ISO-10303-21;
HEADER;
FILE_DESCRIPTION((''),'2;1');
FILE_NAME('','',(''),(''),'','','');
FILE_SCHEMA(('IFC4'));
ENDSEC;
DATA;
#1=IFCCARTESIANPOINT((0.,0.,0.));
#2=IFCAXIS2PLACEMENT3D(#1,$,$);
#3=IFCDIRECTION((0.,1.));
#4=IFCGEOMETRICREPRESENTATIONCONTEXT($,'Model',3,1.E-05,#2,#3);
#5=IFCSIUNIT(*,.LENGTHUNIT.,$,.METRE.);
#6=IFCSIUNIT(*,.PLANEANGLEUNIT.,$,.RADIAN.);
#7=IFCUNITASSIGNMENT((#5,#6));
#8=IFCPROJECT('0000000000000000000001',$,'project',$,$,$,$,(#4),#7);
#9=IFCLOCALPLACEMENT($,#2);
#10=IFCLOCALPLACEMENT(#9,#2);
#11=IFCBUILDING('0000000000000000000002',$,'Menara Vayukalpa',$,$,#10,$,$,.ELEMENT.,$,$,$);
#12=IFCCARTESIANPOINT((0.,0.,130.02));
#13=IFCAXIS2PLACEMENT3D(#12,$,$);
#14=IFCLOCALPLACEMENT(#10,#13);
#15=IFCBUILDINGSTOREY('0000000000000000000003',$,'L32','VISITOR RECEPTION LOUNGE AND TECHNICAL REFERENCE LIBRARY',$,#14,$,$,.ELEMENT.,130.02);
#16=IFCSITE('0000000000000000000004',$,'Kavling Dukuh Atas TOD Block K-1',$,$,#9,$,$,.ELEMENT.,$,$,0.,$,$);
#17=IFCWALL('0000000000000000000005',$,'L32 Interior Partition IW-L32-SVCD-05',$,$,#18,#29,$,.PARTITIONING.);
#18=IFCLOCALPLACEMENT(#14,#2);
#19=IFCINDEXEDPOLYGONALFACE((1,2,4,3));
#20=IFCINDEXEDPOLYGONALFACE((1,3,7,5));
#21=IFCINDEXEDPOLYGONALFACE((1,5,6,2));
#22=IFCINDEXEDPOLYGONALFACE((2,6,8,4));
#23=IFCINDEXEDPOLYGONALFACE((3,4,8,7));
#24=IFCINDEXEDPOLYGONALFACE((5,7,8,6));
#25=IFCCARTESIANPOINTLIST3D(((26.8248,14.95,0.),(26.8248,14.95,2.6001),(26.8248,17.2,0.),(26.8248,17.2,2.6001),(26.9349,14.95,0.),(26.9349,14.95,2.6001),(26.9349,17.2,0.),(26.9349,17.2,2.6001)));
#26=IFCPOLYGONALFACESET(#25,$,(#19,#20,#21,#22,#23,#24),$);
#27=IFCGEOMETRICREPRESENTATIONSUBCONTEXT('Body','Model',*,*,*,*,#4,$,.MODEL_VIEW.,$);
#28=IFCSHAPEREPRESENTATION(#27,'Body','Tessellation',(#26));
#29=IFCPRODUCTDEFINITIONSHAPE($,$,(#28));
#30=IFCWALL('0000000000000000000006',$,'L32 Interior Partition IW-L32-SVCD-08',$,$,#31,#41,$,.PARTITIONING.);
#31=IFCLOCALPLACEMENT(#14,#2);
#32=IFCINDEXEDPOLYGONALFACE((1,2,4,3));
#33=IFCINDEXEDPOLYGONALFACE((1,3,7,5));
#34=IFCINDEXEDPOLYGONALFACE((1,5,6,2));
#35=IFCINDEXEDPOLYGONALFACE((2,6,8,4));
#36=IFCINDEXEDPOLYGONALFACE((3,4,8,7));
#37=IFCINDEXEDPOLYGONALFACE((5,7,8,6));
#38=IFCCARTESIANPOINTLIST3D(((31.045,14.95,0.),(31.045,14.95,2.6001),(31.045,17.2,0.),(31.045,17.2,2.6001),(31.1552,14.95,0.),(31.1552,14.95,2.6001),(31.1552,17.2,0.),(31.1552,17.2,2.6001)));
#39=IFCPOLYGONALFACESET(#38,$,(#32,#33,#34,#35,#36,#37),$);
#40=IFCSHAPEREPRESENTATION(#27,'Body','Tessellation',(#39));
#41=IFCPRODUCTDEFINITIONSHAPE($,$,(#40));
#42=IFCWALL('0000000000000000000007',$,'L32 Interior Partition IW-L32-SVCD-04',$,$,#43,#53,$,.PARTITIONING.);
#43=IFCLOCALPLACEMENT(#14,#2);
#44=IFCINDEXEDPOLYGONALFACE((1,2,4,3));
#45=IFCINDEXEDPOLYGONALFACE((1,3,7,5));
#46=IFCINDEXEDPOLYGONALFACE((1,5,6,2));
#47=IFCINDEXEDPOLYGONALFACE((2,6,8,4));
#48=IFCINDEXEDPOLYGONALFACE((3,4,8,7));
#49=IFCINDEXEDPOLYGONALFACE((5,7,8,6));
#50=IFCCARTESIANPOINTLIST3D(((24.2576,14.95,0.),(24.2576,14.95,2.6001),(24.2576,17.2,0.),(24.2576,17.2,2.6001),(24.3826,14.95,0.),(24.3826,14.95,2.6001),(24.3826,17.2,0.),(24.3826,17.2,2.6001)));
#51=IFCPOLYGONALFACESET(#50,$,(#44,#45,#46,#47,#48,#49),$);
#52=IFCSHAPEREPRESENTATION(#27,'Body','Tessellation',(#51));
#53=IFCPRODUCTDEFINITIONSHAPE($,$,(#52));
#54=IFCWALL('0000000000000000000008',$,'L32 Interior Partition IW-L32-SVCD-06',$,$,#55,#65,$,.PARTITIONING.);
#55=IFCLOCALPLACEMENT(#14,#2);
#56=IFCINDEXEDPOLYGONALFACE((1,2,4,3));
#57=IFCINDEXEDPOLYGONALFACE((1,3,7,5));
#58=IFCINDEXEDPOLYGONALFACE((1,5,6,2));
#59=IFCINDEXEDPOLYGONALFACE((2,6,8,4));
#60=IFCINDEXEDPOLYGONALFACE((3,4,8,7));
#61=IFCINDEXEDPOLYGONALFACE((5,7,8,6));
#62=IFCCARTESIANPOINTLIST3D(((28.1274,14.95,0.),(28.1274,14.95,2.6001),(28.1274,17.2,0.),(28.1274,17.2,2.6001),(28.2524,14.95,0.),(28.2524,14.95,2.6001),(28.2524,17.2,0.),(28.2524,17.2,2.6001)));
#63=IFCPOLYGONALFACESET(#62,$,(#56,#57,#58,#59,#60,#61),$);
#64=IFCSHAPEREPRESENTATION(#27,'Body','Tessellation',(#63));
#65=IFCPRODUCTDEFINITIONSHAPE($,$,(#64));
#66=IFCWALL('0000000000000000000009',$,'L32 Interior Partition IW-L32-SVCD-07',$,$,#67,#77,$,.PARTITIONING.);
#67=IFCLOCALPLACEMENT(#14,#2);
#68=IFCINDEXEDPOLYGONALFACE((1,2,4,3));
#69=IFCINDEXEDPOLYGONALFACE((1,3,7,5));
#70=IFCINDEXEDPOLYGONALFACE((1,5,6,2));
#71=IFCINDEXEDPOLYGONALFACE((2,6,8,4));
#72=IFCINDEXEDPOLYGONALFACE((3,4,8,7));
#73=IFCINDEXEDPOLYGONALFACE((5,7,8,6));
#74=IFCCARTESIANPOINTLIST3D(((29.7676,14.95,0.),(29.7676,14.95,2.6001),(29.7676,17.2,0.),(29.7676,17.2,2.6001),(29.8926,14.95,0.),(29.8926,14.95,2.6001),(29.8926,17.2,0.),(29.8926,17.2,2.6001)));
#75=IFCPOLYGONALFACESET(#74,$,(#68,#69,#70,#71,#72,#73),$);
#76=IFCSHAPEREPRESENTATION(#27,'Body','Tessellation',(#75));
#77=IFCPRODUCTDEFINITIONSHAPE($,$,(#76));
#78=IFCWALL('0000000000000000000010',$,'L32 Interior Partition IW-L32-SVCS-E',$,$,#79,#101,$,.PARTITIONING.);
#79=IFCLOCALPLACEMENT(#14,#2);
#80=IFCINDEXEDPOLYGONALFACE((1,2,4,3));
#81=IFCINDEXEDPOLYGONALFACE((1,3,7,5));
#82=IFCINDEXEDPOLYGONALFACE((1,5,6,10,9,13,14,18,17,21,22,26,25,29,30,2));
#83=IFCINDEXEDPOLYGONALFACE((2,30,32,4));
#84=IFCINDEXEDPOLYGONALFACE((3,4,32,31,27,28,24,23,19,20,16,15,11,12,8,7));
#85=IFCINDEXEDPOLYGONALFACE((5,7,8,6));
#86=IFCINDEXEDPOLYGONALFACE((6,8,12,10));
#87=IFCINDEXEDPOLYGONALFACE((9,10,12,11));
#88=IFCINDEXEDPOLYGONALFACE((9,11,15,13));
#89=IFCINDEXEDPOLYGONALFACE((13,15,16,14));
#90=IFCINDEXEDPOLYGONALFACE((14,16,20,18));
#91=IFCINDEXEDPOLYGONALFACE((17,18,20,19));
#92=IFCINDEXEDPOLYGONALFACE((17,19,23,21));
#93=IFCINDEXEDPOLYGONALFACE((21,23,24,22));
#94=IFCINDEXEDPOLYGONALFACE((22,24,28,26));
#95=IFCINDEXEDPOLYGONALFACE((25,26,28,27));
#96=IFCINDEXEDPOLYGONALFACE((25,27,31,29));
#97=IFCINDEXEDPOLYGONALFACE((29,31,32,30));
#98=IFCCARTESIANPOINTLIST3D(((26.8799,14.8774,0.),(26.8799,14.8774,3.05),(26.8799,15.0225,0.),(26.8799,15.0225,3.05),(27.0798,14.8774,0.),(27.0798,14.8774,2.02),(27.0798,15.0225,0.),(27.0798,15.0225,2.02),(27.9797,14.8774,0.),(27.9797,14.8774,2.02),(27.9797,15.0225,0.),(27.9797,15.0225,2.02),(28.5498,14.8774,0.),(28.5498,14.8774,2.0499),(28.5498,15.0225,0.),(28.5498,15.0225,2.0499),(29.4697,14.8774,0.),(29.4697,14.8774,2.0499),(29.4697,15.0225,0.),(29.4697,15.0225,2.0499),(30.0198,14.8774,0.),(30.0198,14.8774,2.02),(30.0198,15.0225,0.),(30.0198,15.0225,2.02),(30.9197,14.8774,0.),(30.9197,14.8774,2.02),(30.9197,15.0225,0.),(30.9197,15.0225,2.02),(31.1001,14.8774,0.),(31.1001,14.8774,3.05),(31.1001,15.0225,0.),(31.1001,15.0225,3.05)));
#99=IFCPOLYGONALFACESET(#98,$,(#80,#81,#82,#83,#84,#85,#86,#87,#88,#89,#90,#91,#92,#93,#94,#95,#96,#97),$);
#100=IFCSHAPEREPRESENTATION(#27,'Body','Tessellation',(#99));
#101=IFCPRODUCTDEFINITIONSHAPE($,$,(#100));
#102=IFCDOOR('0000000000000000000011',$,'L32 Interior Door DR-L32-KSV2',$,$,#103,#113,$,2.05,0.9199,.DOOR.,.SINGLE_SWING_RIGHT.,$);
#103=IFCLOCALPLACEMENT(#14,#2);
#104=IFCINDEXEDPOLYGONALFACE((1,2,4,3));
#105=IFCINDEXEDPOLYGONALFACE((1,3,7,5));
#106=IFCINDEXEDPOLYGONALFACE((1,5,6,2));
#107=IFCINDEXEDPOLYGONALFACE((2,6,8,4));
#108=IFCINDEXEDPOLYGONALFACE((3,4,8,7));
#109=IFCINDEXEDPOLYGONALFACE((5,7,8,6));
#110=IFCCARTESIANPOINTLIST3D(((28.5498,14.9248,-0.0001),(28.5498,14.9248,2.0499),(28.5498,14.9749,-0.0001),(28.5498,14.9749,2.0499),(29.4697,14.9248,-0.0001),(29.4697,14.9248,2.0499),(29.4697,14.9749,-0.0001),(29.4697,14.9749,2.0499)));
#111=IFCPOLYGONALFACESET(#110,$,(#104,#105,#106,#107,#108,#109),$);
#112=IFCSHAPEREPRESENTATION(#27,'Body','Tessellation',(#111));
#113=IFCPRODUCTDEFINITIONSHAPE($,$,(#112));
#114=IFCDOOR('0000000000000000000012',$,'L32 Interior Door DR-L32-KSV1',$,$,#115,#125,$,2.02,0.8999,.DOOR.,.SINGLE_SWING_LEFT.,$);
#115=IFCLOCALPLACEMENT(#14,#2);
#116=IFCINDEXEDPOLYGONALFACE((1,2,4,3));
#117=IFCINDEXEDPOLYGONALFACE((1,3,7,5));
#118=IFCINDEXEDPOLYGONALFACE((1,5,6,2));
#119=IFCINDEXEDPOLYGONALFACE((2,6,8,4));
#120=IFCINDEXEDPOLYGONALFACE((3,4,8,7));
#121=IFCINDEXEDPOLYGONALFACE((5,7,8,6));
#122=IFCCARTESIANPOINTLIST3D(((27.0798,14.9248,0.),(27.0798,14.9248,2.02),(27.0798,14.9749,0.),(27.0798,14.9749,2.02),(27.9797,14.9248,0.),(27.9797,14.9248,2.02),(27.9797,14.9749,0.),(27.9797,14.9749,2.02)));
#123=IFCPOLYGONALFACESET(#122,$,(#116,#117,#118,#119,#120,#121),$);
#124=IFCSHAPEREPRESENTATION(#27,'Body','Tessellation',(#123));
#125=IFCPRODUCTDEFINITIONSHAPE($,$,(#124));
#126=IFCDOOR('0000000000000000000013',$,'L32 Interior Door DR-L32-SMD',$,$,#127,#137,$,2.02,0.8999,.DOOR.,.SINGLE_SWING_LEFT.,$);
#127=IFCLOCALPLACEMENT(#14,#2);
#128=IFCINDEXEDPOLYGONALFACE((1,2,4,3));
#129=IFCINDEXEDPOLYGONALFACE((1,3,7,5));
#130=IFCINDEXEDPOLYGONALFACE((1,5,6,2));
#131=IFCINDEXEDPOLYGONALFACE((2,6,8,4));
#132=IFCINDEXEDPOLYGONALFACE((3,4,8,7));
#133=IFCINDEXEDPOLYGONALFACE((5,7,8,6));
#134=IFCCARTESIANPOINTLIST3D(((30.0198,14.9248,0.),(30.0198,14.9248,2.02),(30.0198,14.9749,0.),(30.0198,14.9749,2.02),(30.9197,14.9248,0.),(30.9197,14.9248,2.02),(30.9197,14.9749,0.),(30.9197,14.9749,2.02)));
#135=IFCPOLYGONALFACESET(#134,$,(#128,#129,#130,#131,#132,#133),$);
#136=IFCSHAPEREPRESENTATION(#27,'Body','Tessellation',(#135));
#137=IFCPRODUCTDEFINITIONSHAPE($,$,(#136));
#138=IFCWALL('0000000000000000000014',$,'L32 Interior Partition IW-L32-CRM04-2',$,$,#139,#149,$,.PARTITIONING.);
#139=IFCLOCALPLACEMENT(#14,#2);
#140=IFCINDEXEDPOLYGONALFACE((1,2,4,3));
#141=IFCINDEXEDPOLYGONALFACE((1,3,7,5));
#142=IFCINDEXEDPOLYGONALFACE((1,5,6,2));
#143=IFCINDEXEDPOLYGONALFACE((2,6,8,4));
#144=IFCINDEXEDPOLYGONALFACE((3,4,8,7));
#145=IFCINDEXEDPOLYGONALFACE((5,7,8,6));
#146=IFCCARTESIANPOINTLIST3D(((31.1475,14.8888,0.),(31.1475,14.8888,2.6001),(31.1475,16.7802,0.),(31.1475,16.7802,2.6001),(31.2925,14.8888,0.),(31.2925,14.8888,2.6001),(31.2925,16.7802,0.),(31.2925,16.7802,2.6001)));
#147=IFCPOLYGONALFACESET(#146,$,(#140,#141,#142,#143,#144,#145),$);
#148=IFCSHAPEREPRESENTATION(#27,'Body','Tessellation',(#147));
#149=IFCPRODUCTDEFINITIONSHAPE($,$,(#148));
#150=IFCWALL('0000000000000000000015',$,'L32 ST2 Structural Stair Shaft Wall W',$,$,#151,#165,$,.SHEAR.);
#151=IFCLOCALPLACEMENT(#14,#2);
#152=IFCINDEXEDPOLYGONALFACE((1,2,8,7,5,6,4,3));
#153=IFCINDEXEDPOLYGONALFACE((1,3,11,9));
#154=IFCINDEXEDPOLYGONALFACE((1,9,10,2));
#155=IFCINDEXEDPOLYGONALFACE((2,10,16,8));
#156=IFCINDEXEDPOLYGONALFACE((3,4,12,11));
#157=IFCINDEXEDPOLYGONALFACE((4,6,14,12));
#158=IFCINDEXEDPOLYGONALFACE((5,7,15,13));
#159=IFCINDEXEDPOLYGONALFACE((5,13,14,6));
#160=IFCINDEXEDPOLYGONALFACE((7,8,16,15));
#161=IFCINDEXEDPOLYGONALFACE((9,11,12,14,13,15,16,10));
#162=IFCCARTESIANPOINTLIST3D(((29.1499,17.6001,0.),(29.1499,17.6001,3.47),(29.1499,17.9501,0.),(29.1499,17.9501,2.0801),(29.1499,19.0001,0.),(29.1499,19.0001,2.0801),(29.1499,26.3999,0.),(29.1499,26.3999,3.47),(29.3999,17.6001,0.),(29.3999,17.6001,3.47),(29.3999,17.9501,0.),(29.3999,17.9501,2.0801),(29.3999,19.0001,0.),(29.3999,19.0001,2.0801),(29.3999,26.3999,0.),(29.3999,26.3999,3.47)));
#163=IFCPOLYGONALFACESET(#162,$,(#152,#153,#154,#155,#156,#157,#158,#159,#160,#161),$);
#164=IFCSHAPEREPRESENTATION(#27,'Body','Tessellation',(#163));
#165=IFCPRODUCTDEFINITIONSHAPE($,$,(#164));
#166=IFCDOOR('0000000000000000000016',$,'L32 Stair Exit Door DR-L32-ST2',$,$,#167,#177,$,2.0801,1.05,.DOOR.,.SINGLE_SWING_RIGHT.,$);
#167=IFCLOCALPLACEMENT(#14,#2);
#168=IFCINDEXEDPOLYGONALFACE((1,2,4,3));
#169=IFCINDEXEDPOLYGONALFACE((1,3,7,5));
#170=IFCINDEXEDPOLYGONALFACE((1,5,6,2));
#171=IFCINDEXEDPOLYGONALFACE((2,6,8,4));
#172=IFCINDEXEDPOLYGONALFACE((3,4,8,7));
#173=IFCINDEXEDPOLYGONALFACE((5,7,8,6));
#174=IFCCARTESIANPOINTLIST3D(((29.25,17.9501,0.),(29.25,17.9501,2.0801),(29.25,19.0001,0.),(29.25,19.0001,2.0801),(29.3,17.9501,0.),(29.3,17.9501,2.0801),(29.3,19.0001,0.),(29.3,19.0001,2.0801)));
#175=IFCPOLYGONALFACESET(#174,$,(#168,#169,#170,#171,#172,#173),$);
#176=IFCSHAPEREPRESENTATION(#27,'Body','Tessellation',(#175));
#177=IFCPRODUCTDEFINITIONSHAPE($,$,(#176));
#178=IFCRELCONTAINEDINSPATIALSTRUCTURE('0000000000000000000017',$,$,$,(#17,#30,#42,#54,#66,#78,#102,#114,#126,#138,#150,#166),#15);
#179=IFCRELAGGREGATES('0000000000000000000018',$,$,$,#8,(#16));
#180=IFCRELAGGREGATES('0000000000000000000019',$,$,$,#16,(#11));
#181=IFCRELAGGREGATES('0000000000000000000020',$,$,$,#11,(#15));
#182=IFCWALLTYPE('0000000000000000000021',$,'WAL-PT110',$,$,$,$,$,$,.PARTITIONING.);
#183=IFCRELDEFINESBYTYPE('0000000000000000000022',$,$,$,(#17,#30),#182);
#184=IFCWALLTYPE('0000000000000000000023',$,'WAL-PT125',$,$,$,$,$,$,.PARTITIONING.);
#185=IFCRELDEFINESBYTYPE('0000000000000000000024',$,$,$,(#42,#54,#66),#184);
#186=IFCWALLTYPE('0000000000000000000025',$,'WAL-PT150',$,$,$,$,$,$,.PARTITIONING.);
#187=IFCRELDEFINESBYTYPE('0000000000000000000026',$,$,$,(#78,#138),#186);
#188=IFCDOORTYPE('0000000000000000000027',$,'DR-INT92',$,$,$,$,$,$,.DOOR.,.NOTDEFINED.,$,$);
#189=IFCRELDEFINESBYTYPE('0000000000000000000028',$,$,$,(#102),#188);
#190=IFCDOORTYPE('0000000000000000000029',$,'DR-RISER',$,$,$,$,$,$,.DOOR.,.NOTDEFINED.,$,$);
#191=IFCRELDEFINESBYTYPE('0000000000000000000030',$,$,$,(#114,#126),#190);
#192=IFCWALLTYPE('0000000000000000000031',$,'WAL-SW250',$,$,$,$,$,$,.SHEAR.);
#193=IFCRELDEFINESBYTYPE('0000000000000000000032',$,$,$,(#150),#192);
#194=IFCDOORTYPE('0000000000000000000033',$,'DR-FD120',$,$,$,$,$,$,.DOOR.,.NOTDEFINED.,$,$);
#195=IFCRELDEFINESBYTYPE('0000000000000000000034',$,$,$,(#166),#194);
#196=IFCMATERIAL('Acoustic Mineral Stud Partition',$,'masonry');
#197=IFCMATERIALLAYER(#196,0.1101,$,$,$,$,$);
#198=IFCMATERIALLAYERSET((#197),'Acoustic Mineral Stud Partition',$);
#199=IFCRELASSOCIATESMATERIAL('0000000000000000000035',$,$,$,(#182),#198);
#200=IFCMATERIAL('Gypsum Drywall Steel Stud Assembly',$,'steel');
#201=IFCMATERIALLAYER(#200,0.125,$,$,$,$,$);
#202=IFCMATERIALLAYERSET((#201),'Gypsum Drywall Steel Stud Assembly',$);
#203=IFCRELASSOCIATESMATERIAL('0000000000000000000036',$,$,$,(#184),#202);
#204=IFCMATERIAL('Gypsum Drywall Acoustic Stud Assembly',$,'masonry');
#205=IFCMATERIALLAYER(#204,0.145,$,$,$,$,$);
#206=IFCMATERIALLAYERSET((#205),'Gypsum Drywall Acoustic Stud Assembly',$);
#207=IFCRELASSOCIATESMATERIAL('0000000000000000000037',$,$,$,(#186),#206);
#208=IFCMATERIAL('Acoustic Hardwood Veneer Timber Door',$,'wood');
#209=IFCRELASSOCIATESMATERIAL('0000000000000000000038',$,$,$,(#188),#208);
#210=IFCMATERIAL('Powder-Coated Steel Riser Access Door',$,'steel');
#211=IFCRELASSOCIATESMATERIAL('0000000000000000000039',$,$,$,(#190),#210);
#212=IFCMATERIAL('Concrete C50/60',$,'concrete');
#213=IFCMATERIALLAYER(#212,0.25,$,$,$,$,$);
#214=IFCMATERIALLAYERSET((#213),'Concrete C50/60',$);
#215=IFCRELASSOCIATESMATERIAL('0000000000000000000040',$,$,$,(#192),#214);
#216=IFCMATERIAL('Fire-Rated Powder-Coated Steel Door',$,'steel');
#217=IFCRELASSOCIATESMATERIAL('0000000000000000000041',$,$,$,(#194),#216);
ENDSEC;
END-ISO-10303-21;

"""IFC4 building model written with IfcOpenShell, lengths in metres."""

from ifc_helpers import new_model, si_unit, direction, frame, frame_2d, origin, place, context, subcontext, project, spatial, rectangle, extrude, material, layer, layer_set, type_object, element, fill, save


model = new_model("IFC4")

# Units and contexts
model_context = context("Model", 3, precision=1e-05, world=origin(), true_north=direction((0.0, 1.0)))
body_context = subcontext(model_context, "Body", "Model", "MODEL_VIEW")
ifc_project = project(units=[si_unit("LENGTHUNIT", "METRE"), si_unit("PLANEANGLEUNIT", "RADIAN")], contexts=[model_context])

# Site, building, storey
site_placement = place(None, origin())
site = spatial("IfcSite", under=ifc_project, at=site_placement, Name="Kavling Dukuh Atas TOD Block K-1", CompositionType="ELEMENT", RefElevation=0.0)
building_placement = place(site_placement, origin())
building = spatial("IfcBuilding", under=site, at=building_placement, Name="Menara Vayukalpa", CompositionType="ELEMENT")
storey_placement = place(building_placement, frame((0.0, 0.0, 130.02)))
storey = spatial("IfcBuildingStorey", under=building, at=storey_placement, Name="L32", Description="VISITOR RECEPTION LOUNGE AND TECHNICAL REFERENCE LIBRARY", CompositionType="ELEMENT", Elevation=130.02)

# Walls
ifc_material_1 = material(Name="Acoustic Mineral Stud Partition", Category="masonry")
ifc_layer_1 = layer(ifc_material_1, 0.1101)
ifc_layer_set_1 = layer_set([ifc_layer_1], Name="Acoustic Mineral Stud Partition")
wall_type_1 = type_object("IfcWallType", Name="WAL-PT110", PredefinedType="PARTITIONING", material=ifc_layer_set_1)
for number, where, z_axis, x_axis, name in (
    (1, (26.8799, 14.95, 0.0), (0.0, 0.0, 1.0), (0.0, 1.0, 0.0), "L32 Interior Partition IW-L32-SVCD-05"),
    (2, (31.1001, 14.95, 0.0), (0.0, 0.0, 1.0), (0.0, 1.0, 0.0), "L32 Interior Partition IW-L32-SVCD-08"),
):
    element("IfcWall", number, at=place(storey_placement, frame(where, z_axis=z_axis, x_axis=x_axis)), inside=storey, type_object=wall_type_1, Name=name, PredefinedType="PARTITIONING", context=body_context, shape_type="SweptSolid", body=[
        extrude(rectangle(XDim=2.25, YDim=0.1101, at=frame_2d((1.125, 0.0))), origin(), (0.0, 0.0, 1.0), 2.6001),
    ])
ifc_material_2 = material(Name="Gypsum Drywall Steel Stud Assembly", Category="steel")
ifc_layer_2 = layer(ifc_material_2, 0.125)
ifc_layer_set_2 = layer_set([ifc_layer_2], Name="Gypsum Drywall Steel Stud Assembly")
wall_type_2 = type_object("IfcWallType", Name="WAL-PT125", PredefinedType="PARTITIONING", material=ifc_layer_set_2)
for number, where, z_axis, x_axis, name in (
    (3, (24.3201, 14.95, 0.0), (0.0, 0.0, 1.0), (0.0, 1.0, 0.0), "L32 Interior Partition IW-L32-SVCD-04"),
    (4, (28.1899, 14.95, 0.0), (0.0, 0.0, 1.0), (0.0, 1.0, 0.0), "L32 Interior Partition IW-L32-SVCD-06"),
    (5, (29.8301, 14.95, 0.0), (0.0, 0.0, 1.0), (0.0, 1.0, 0.0), "L32 Interior Partition IW-L32-SVCD-07"),
):
    element("IfcWall", number, at=place(storey_placement, frame(where, z_axis=z_axis, x_axis=x_axis)), inside=storey, type_object=wall_type_2, Name=name, PredefinedType="PARTITIONING", context=body_context, shape_type="SweptSolid", body=[
        extrude(rectangle(XDim=2.25, YDim=0.125, at=frame_2d((1.125, 0.0))), origin(), (0.0, 0.0, 1.0), 2.6001),
    ])

# Wall, openings, doors
ifc_material_3 = material(Name="Gypsum Drywall Acoustic Stud Assembly", Category="masonry")
ifc_layer_3 = layer(ifc_material_3, 0.145)
ifc_layer_set_3 = layer_set([ifc_layer_3], Name="Gypsum Drywall Acoustic Stud Assembly")
wall_type_3 = type_object("IfcWallType", Name="WAL-PT150", PredefinedType="PARTITIONING", material=ifc_layer_set_3)
wall_1_placement = place(storey_placement, frame((26.8799, 14.95, 0.0), z_axis=(0.0, 0.0, 1.0), x_axis=(1.0, 0.0, 0.0)))
wall_1 = element("IfcWall", 6, at=wall_1_placement, inside=storey, type_object=wall_type_3, Name="L32 Interior Partition IW-L32-SVCS-E", PredefinedType="PARTITIONING", context=body_context, shape_type="SweptSolid", body=[
    extrude(rectangle(XDim=4.2202, YDim=0.145, at=frame_2d((2.1101, 0.0))), origin(), (0.0, 0.0, 1.0), 3.05),
])
opening_1_placement = place(wall_1_placement, frame((0.2, 0.0, 0.0)))
opening_1 = element("IfcOpeningElement", 7, at=opening_1_placement, cuts=wall_1, PredefinedType="OPENING", context=body_context, shape_type="SweptSolid", body=[
    extrude(rectangle(XDim=0.8999, YDim=2.02, at=frame_2d((0.45, 1.01))), frame((0.0, 0.0825, 0.0), z_axis=(0.0, -1.0, 0.0), x_axis=(1.0, 0.0, 0.0)), (0.0, 0.0, 1.0), 0.165),
])
opening_2_placement = place(wall_1_placement, frame((1.6699, 0.0, 0.0)))
opening_2 = element("IfcOpeningElement", 8, at=opening_2_placement, cuts=wall_1, PredefinedType="OPENING", context=body_context, shape_type="SweptSolid", body=[
    extrude(rectangle(XDim=0.9199, YDim=2.05, at=frame_2d((0.46, 1.0249))), frame((0.0, 0.0825, 0.0), z_axis=(0.0, -1.0, 0.0), x_axis=(1.0, 0.0, 0.0)), (0.0, 0.0, 1.0), 0.165),
])
opening_3_placement = place(wall_1_placement, frame((3.1399, 0.0, 0.0)))
opening_3 = element("IfcOpeningElement", 9, at=opening_3_placement, cuts=wall_1, PredefinedType="OPENING", context=body_context, shape_type="SweptSolid", body=[
    extrude(rectangle(XDim=0.8999, YDim=2.02, at=frame_2d((0.45, 1.01))), frame((0.0, 0.0825, 0.0), z_axis=(0.0, -1.0, 0.0), x_axis=(1.0, 0.0, 0.0)), (0.0, 0.0, 1.0), 0.165),
])
ifc_material_4 = material(Name="Acoustic Hardwood Veneer Timber Door", Category="wood")
door_type_1 = type_object("IfcDoorType", Name="DR-INT92", OperationType="NOTDEFINED", PredefinedType="DOOR", material=ifc_material_4)
door_1_placement = place(opening_2_placement, origin())
door_1 = element("IfcDoor", 10, at=door_1_placement, inside=storey, type_object=door_type_1, Name="L32 Interior Door DR-L32-KSV2", OperationType="SINGLE_SWING_RIGHT", OverallHeight=2.05, OverallWidth=0.9199, PredefinedType="DOOR", context=body_context, shape_type="SweptSolid", body=[
    extrude(rectangle(XDim=0.9199, YDim=2.05, at=frame_2d((0.46, 1.0249))), frame((0.0, 0.0249, 0.0), z_axis=(0.0, -1.0, 0.0), x_axis=(1.0, 0.0, 0.0)), (0.0, 0.0, 1.0), 0.05),
])
fill(opening_2, door_1)
ifc_material_5 = material(Name="Powder-Coated Steel Riser Access Door", Category="steel")
door_type_2 = type_object("IfcDoorType", Name="DR-RISER", OperationType="NOTDEFINED", PredefinedType="DOOR", material=ifc_material_5)
door_2_placement = place(opening_1_placement, origin())
door_2 = element("IfcDoor", 11, at=door_2_placement, inside=storey, type_object=door_type_2, Name="L32 Interior Door DR-L32-KSV1", OperationType="SINGLE_SWING_LEFT", OverallHeight=2.02, OverallWidth=0.8999, PredefinedType="DOOR", context=body_context, shape_type="SweptSolid", body=[
    extrude(rectangle(XDim=0.8999, YDim=2.02, at=frame_2d((0.45, 1.01))), frame((0.0, 0.0249, 0.0), z_axis=(0.0, -1.0, 0.0), x_axis=(1.0, 0.0, 0.0)), (0.0, 0.0, 1.0), 0.05),
])
fill(opening_1, door_2)
door_3_placement = place(opening_3_placement, origin())
door_3 = element("IfcDoor", 12, at=door_3_placement, inside=storey, type_object=door_type_2, Name="L32 Interior Door DR-L32-SMD", OperationType="SINGLE_SWING_LEFT", OverallHeight=2.02, OverallWidth=0.8999, PredefinedType="DOOR", context=body_context, shape_type="SweptSolid", body=[
    extrude(rectangle(XDim=0.8999, YDim=2.02, at=frame_2d((0.45, 1.01))), frame((0.0, 0.0249, 0.0), z_axis=(0.0, -1.0, 0.0), x_axis=(1.0, 0.0, 0.0)), (0.0, 0.0, 1.0), 0.05),
])
fill(opening_3, door_3)

# Wall
wall_2_placement = place(storey_placement, frame((31.22, 14.8887, 0.0), z_axis=(0.0, 0.0, 1.0), x_axis=(0.0, 1.0, 0.0)))
element("IfcWall", 13, at=wall_2_placement, inside=storey, type_object=wall_type_3, Name="L32 Interior Partition IW-L32-CRM04-2", PredefinedType="PARTITIONING", context=body_context, shape_type="SweptSolid", body=[
    extrude(rectangle(XDim=1.8914, YDim=0.145, at=frame_2d((0.9458, 0.0))), origin(), (0.0, 0.0, 1.0), 2.6001),
])

# Wall, opening, door
ifc_material_6 = material(Name="Concrete C50/60", Category="concrete")
ifc_layer_4 = layer(ifc_material_6, 0.25)
ifc_layer_set_4 = layer_set([ifc_layer_4], Name="Concrete C50/60")
wall_type_4 = type_object("IfcWallType", Name="WAL-SW250", PredefinedType="SHEAR", material=ifc_layer_set_4)
wall_3_placement = place(storey_placement, frame((29.2749, 17.6001, 0.0), z_axis=(0.0, 0.0, 1.0), x_axis=(0.0, 1.0, 0.0)))
wall_3 = element("IfcWall", 14, at=wall_3_placement, inside=storey, type_object=wall_type_4, Name="L32 ST2 Structural Stair Shaft Wall W", PredefinedType="SHEAR", context=body_context, shape_type="SweptSolid", body=[
    extrude(rectangle(XDim=8.7998, YDim=0.25, at=frame_2d((4.3999, 0.0))), origin(), (0.0, 0.0, 1.0), 3.47),
])
opening_4_placement = place(wall_3_placement, frame((0.3501, 0.0, 0.0)))
opening_4 = element("IfcOpeningElement", 15, at=opening_4_placement, cuts=wall_3, PredefinedType="OPENING", context=body_context, shape_type="SweptSolid", body=[
    extrude(rectangle(XDim=1.05, YDim=2.0801, at=frame_2d((0.5249, 1.04))), frame((0.0, 0.135, 0.0), z_axis=(0.0, -1.0, 0.0), x_axis=(1.0, 0.0, 0.0)), (0.0, 0.0, 1.0), 0.27),
])
ifc_material_7 = material(Name="Fire-Rated Powder-Coated Steel Door", Category="steel")
door_type_3 = type_object("IfcDoorType", Name="DR-FD120", OperationType="NOTDEFINED", PredefinedType="DOOR", material=ifc_material_7)
door_4_placement = place(opening_4_placement, origin())
door_4 = element("IfcDoor", 16, at=door_4_placement, inside=storey, type_object=door_type_3, Name="L32 Stair Exit Door DR-L32-ST2", OperationType="SINGLE_SWING_RIGHT", OverallHeight=2.0801, OverallWidth=1.05, PredefinedType="DOOR", context=body_context, shape_type="SweptSolid", body=[
    extrude(rectangle(XDim=1.05, YDim=2.0801, at=frame_2d((0.5249, 1.04))), frame((0.0, 0.0249, 0.0), z_axis=(0.0, -1.0, 0.0), x_axis=(1.0, 0.0, 0.0)), (0.0, 0.0, 1.0), 0.05),
])
fill(opening_4, door_4)

save(model, "model.ifc")
